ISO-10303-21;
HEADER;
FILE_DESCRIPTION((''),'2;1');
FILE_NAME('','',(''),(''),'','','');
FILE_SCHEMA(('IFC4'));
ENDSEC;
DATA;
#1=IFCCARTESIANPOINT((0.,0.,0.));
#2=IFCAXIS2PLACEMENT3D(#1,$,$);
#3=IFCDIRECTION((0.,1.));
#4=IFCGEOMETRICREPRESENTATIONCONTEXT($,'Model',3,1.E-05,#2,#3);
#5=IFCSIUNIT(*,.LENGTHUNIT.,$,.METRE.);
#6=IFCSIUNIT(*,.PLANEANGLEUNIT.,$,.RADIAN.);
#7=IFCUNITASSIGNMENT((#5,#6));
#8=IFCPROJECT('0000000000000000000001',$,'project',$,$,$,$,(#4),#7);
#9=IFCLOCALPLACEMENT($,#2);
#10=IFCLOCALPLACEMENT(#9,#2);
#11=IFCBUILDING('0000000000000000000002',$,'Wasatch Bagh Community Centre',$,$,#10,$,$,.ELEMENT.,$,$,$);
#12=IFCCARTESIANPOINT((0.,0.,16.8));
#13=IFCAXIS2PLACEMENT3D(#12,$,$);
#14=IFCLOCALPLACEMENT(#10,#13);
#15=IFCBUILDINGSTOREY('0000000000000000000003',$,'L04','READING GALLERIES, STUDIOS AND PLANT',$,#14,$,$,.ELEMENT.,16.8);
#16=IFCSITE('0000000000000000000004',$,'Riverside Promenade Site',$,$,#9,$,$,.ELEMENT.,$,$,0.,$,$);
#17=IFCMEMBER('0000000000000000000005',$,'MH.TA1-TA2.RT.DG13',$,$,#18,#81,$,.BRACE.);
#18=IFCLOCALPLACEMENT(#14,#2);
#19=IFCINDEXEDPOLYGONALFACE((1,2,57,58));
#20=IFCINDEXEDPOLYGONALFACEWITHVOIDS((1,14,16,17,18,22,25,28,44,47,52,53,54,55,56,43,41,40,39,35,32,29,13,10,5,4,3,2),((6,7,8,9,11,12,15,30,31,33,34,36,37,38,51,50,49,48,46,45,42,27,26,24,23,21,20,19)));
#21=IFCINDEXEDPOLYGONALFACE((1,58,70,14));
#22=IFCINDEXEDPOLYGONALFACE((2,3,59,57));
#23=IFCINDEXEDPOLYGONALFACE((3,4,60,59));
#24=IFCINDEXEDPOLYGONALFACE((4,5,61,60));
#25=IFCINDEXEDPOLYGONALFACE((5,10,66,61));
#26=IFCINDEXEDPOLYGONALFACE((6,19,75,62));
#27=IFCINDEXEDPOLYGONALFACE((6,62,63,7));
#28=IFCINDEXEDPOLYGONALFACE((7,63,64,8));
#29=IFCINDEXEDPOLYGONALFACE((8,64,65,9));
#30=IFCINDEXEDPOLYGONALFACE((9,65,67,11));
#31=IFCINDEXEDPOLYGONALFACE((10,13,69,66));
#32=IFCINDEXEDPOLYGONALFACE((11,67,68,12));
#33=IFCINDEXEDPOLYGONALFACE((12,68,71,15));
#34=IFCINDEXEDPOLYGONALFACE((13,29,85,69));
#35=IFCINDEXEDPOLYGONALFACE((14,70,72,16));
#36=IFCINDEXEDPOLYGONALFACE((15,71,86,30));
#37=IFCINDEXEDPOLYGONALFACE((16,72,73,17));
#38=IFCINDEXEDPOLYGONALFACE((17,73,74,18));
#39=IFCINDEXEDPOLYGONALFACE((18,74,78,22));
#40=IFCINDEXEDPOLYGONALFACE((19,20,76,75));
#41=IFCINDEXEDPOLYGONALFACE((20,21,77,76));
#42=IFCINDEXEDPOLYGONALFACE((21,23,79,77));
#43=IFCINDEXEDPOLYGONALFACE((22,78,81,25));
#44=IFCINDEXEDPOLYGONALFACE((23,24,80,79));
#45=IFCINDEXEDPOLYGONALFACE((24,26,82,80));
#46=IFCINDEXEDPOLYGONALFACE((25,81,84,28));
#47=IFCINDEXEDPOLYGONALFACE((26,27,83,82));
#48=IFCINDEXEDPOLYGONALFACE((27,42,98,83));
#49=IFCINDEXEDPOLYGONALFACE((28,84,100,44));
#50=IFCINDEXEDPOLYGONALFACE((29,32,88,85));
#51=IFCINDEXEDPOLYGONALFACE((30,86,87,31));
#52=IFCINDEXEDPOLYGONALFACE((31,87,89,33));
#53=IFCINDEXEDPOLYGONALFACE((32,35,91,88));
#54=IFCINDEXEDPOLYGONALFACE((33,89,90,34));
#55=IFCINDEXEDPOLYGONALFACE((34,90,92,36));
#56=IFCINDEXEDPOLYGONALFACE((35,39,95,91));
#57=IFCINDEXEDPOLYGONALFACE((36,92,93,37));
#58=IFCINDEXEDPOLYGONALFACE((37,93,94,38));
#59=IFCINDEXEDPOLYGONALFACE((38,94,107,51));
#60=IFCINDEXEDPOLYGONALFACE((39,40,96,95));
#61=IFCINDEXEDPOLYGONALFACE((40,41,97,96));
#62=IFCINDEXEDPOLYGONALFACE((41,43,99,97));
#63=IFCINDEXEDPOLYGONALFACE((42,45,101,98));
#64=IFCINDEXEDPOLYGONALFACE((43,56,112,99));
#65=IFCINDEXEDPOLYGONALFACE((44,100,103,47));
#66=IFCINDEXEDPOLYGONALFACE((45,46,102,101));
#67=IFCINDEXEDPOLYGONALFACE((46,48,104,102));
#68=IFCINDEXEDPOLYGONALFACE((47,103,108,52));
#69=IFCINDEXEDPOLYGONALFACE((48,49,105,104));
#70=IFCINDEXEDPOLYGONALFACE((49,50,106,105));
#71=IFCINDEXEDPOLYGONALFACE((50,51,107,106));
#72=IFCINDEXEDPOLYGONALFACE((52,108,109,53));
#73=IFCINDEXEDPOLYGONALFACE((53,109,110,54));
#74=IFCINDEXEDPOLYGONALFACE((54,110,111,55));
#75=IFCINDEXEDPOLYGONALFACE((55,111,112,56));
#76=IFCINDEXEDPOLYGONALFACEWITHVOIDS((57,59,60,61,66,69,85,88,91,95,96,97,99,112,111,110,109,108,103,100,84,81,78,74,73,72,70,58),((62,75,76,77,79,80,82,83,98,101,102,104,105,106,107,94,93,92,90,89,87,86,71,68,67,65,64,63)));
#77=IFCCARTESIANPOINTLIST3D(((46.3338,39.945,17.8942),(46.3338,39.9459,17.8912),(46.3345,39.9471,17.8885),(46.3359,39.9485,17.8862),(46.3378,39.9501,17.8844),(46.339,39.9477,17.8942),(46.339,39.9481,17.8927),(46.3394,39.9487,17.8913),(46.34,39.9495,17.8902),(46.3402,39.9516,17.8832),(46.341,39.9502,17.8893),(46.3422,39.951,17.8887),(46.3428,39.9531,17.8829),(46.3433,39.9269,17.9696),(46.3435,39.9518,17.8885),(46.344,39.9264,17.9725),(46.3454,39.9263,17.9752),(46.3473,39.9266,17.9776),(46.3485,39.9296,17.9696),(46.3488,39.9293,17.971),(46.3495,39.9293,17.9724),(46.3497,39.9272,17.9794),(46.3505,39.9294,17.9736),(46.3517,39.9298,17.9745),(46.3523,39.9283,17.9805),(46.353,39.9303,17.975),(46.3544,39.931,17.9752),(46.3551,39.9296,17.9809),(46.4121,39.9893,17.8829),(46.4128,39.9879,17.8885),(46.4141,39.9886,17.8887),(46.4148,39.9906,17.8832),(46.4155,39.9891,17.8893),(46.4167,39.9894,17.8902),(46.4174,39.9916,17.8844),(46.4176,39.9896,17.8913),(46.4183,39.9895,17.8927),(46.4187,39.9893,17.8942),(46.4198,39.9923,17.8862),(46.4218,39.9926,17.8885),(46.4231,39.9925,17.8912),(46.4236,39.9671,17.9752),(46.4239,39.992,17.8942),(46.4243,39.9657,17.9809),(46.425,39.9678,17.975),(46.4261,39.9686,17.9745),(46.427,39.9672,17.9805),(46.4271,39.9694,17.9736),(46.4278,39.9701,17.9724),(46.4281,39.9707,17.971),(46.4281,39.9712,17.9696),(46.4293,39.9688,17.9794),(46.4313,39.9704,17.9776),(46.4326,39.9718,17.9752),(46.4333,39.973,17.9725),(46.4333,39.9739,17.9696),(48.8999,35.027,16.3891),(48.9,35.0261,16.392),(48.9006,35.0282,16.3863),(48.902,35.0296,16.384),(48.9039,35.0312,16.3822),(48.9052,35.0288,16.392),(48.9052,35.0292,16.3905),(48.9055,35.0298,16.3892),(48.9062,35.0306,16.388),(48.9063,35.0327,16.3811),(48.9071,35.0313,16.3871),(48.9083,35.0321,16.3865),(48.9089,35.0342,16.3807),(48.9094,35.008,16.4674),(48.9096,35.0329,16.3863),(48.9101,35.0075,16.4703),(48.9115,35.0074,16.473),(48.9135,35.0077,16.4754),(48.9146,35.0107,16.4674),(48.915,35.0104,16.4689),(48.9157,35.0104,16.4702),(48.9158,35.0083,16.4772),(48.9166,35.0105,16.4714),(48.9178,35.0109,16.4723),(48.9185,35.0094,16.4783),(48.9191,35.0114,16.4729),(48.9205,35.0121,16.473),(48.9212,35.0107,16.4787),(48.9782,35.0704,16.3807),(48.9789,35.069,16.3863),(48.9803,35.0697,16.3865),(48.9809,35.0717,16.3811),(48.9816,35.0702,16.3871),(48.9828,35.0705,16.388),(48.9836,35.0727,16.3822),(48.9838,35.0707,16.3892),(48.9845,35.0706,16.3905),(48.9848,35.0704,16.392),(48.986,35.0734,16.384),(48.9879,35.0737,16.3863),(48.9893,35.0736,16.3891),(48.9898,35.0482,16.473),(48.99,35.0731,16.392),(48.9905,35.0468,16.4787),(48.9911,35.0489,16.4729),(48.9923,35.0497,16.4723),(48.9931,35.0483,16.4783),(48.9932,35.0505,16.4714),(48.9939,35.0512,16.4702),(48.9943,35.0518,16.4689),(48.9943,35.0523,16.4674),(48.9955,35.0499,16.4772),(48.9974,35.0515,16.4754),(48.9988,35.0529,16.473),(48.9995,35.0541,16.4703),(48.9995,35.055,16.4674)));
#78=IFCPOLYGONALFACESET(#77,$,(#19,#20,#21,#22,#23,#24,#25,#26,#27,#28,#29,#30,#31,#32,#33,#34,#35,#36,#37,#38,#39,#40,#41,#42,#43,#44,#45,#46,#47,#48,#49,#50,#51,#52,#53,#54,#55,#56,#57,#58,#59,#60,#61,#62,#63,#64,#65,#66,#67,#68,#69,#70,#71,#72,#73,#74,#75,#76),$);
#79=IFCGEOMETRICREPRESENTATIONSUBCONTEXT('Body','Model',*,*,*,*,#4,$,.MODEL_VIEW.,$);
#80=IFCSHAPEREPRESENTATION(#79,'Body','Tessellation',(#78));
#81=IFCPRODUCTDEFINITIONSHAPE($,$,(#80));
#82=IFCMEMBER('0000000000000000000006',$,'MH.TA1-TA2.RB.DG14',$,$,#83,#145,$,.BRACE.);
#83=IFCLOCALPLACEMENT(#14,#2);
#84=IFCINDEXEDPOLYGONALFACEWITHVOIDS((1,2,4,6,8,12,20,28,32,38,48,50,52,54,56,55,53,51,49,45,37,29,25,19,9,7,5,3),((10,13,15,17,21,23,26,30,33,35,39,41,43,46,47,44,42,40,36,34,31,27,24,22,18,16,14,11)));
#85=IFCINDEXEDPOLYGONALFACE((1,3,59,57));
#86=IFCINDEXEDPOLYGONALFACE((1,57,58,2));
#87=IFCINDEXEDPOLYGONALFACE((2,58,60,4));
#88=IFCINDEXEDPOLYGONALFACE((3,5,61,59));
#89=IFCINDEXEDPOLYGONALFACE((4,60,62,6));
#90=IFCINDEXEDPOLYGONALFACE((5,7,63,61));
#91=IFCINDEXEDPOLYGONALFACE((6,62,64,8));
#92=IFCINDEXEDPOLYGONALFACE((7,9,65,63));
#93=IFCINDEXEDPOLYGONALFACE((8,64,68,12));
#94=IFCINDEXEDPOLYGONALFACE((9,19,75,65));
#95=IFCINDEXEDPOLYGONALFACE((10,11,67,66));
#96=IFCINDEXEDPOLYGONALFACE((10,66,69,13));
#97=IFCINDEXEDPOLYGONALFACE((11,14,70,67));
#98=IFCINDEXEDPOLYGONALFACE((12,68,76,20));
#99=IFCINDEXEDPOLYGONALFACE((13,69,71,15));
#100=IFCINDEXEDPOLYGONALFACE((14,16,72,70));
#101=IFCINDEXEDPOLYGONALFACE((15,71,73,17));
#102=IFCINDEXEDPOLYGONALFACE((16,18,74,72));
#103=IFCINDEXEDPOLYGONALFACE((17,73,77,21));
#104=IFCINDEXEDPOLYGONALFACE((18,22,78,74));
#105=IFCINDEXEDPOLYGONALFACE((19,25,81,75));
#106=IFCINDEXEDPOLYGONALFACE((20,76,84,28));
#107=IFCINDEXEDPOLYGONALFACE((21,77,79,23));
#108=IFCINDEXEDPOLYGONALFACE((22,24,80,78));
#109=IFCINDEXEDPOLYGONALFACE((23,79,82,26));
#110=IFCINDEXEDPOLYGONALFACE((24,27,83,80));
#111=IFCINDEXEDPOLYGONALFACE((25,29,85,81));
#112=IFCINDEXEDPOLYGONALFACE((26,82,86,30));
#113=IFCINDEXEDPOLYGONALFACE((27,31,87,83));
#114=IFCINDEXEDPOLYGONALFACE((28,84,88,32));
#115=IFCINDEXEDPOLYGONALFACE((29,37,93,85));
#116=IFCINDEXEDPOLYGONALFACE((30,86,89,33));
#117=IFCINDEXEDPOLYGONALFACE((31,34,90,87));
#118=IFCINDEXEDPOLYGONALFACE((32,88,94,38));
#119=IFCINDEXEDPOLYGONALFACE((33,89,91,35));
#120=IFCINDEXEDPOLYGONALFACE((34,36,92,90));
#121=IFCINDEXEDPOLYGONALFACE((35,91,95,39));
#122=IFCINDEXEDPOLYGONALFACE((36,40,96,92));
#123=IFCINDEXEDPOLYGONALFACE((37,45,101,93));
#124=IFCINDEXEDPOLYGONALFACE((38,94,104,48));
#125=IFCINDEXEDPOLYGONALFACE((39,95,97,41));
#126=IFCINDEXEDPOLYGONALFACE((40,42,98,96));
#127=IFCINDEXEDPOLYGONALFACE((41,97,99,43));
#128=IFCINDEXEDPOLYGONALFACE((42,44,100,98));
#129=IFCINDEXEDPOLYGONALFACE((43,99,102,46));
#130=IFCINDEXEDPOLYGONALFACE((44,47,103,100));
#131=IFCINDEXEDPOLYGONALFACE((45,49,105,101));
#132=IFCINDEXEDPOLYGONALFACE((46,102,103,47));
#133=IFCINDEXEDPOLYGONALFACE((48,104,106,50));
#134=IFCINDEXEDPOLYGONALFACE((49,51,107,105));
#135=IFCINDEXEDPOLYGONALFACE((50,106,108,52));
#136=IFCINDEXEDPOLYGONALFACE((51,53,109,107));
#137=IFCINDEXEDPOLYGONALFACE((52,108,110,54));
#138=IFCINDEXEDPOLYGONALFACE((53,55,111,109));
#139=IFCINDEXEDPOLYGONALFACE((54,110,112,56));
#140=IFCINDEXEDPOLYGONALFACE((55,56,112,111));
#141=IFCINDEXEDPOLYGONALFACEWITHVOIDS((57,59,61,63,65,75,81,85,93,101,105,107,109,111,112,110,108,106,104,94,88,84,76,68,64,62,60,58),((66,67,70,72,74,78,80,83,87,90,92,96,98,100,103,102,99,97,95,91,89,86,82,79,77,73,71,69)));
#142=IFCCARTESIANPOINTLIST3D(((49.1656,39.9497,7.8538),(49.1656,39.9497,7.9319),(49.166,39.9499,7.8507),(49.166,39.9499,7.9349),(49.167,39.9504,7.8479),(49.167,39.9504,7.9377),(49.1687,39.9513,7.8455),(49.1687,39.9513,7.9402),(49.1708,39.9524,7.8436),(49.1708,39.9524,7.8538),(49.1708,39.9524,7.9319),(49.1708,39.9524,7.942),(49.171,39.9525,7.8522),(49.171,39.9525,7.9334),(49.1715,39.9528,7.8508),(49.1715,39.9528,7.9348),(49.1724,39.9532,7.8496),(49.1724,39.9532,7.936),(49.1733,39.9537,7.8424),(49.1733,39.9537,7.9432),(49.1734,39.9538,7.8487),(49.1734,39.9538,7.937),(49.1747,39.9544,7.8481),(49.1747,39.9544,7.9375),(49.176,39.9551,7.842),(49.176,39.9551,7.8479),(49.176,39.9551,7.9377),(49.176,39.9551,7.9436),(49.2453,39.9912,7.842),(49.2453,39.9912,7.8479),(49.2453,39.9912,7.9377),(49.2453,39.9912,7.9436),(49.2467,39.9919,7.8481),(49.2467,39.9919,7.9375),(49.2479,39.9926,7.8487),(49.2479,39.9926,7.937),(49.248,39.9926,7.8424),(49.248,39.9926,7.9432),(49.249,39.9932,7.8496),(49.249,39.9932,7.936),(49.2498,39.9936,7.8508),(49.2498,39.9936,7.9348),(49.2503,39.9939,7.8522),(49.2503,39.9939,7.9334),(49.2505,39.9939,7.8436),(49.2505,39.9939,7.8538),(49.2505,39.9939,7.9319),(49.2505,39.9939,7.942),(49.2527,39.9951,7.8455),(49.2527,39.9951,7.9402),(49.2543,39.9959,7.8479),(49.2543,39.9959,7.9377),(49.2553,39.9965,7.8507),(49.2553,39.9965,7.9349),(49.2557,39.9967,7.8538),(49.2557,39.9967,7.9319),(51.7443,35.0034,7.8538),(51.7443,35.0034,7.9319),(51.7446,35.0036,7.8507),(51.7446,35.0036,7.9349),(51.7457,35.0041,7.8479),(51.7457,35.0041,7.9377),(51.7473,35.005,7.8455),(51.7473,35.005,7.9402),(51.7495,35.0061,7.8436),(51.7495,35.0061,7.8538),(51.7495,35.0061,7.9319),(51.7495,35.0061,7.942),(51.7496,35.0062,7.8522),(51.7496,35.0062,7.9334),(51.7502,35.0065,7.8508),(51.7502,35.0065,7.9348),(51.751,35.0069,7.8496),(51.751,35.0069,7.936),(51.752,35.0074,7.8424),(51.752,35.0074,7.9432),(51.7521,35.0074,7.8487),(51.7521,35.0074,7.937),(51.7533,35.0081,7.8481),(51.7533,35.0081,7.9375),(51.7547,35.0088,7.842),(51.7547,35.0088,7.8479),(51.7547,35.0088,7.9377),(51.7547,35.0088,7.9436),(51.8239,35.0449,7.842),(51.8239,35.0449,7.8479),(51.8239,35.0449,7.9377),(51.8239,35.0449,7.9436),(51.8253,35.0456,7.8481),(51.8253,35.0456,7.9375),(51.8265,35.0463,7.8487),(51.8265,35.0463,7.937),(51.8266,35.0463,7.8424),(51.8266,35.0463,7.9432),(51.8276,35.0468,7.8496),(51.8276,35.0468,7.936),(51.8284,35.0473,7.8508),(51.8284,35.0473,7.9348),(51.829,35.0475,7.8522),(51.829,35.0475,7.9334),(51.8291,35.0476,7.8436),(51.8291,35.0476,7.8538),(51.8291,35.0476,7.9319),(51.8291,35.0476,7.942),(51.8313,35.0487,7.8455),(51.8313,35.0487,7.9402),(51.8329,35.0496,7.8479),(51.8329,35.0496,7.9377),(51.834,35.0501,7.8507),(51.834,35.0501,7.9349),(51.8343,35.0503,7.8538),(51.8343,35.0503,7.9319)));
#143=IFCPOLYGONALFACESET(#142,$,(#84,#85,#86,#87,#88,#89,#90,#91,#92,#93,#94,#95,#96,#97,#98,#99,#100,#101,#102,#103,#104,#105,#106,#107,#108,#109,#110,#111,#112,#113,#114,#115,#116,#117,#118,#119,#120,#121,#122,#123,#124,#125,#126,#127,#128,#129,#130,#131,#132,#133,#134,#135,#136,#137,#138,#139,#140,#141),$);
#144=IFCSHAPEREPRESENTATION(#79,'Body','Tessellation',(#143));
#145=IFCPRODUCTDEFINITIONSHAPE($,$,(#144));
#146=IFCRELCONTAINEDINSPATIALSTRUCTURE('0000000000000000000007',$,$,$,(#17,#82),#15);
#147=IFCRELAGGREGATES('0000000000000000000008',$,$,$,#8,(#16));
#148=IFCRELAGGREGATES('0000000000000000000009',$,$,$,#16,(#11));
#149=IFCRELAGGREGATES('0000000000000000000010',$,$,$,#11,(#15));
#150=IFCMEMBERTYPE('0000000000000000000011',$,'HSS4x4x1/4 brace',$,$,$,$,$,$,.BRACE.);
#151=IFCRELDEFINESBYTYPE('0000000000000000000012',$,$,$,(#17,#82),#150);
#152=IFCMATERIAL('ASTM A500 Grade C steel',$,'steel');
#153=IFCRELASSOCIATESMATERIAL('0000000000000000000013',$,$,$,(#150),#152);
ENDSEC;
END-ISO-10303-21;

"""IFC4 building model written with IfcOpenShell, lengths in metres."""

from ifc_helpers import new_model, si_unit, direction, frame, origin, origin_2d, place, context, subcontext, project, spatial, hollow_rectangle, extrude, material, material_profile, profile_set, type_object, element, save


model = new_model("IFC4")

# Units and contexts
model_context = context("Model", 3, precision=1e-05, world=origin(), true_north=direction((0.0, 1.0)))
body_context = subcontext(model_context, "Body", "Model", "MODEL_VIEW")
ifc_project = project(units=[si_unit("LENGTHUNIT", "METRE"), si_unit("PLANEANGLEUNIT", "RADIAN")], contexts=[model_context])

# Site, building, storey
site_placement = place(None, origin())
site = spatial("IfcSite", under=ifc_project, at=site_placement, Name="Riverside Promenade Site", CompositionType="ELEMENT", RefElevation=0.0)
building_placement = place(site_placement, origin())
building = spatial("IfcBuilding", under=site, at=building_placement, Name="Wasatch Bagh Community Centre", CompositionType="ELEMENT")
storey_placement = place(building_placement, frame((0.0, 0.0, 16.8)))
storey = spatial("IfcBuildingStorey", under=building, at=storey_placement, Name="L04", Description="READING GALLERIES, STUDIOS AND PLANT", CompositionType="ELEMENT", Elevation=16.8)

# Members
ifc_material_1 = material(Name="ASTM A500 Grade C steel", Category="steel")
ifc_material_profile_1 = material_profile(ifc_material_1, hollow_rectangle(XDim=0.1016, YDim=0.1016, WallThickness=0.0059, InnerFilletRadius=0.0059, OuterFilletRadius=0.0117, at=origin_2d()), Name="HSS4x4x1/4")
ifc_profile_set_1 = profile_set([ifc_material_profile_1], Name="ASTM A500 Grade C steel")
member_type_1 = type_object("IfcMemberType", Name="HSS4x4x1/4 brace", PredefinedType="BRACE", material=ifc_profile_set_1)
member_1_placement = place(storey_placement, frame((48.9497, 35.0405, 16.4297), z_axis=(-0.446456, 0.855788, 0.261349), x_axis=(-0.886603, -0.462531, 0.0)))
element("IfcMember", 1, at=member_1_placement, inside=storey, type_object=member_type_1, Name="MH.TA1-TA2.RT.DG13", PredefinedType="BRACE", context=body_context, shape_type="SweptSolid", body=[
    extrude(hollow_rectangle(XDim=0.1016, YDim=0.1016, WallThickness=0.0059, InnerFilletRadius=0.0059, OuterFilletRadius=0.0117, at=origin_2d()), origin(), (0.0, 0.0, 1.0), 5.7478),
])
member_2_placement = place(storey_placement, frame((51.7893, 35.0269, 7.8928), z_axis=(-0.462276, 0.886736, 0.0), x_axis=(-0.886736, -0.462276, 0.0)))
element("IfcMember", 2, at=member_2_placement, inside=storey, type_object=member_type_1, Name="MH.TA1-TA2.RB.DG14", PredefinedType="BRACE", context=body_context, shape_type="SweptSolid", body=[
    extrude(hollow_rectangle(XDim=0.1016, YDim=0.1016, WallThickness=0.0059, InnerFilletRadius=0.0059, OuterFilletRadius=0.0117, at=origin_2d()), origin(), (0.0, 0.0, 1.0), 5.5781),
])

save(model, "model.ifc")
